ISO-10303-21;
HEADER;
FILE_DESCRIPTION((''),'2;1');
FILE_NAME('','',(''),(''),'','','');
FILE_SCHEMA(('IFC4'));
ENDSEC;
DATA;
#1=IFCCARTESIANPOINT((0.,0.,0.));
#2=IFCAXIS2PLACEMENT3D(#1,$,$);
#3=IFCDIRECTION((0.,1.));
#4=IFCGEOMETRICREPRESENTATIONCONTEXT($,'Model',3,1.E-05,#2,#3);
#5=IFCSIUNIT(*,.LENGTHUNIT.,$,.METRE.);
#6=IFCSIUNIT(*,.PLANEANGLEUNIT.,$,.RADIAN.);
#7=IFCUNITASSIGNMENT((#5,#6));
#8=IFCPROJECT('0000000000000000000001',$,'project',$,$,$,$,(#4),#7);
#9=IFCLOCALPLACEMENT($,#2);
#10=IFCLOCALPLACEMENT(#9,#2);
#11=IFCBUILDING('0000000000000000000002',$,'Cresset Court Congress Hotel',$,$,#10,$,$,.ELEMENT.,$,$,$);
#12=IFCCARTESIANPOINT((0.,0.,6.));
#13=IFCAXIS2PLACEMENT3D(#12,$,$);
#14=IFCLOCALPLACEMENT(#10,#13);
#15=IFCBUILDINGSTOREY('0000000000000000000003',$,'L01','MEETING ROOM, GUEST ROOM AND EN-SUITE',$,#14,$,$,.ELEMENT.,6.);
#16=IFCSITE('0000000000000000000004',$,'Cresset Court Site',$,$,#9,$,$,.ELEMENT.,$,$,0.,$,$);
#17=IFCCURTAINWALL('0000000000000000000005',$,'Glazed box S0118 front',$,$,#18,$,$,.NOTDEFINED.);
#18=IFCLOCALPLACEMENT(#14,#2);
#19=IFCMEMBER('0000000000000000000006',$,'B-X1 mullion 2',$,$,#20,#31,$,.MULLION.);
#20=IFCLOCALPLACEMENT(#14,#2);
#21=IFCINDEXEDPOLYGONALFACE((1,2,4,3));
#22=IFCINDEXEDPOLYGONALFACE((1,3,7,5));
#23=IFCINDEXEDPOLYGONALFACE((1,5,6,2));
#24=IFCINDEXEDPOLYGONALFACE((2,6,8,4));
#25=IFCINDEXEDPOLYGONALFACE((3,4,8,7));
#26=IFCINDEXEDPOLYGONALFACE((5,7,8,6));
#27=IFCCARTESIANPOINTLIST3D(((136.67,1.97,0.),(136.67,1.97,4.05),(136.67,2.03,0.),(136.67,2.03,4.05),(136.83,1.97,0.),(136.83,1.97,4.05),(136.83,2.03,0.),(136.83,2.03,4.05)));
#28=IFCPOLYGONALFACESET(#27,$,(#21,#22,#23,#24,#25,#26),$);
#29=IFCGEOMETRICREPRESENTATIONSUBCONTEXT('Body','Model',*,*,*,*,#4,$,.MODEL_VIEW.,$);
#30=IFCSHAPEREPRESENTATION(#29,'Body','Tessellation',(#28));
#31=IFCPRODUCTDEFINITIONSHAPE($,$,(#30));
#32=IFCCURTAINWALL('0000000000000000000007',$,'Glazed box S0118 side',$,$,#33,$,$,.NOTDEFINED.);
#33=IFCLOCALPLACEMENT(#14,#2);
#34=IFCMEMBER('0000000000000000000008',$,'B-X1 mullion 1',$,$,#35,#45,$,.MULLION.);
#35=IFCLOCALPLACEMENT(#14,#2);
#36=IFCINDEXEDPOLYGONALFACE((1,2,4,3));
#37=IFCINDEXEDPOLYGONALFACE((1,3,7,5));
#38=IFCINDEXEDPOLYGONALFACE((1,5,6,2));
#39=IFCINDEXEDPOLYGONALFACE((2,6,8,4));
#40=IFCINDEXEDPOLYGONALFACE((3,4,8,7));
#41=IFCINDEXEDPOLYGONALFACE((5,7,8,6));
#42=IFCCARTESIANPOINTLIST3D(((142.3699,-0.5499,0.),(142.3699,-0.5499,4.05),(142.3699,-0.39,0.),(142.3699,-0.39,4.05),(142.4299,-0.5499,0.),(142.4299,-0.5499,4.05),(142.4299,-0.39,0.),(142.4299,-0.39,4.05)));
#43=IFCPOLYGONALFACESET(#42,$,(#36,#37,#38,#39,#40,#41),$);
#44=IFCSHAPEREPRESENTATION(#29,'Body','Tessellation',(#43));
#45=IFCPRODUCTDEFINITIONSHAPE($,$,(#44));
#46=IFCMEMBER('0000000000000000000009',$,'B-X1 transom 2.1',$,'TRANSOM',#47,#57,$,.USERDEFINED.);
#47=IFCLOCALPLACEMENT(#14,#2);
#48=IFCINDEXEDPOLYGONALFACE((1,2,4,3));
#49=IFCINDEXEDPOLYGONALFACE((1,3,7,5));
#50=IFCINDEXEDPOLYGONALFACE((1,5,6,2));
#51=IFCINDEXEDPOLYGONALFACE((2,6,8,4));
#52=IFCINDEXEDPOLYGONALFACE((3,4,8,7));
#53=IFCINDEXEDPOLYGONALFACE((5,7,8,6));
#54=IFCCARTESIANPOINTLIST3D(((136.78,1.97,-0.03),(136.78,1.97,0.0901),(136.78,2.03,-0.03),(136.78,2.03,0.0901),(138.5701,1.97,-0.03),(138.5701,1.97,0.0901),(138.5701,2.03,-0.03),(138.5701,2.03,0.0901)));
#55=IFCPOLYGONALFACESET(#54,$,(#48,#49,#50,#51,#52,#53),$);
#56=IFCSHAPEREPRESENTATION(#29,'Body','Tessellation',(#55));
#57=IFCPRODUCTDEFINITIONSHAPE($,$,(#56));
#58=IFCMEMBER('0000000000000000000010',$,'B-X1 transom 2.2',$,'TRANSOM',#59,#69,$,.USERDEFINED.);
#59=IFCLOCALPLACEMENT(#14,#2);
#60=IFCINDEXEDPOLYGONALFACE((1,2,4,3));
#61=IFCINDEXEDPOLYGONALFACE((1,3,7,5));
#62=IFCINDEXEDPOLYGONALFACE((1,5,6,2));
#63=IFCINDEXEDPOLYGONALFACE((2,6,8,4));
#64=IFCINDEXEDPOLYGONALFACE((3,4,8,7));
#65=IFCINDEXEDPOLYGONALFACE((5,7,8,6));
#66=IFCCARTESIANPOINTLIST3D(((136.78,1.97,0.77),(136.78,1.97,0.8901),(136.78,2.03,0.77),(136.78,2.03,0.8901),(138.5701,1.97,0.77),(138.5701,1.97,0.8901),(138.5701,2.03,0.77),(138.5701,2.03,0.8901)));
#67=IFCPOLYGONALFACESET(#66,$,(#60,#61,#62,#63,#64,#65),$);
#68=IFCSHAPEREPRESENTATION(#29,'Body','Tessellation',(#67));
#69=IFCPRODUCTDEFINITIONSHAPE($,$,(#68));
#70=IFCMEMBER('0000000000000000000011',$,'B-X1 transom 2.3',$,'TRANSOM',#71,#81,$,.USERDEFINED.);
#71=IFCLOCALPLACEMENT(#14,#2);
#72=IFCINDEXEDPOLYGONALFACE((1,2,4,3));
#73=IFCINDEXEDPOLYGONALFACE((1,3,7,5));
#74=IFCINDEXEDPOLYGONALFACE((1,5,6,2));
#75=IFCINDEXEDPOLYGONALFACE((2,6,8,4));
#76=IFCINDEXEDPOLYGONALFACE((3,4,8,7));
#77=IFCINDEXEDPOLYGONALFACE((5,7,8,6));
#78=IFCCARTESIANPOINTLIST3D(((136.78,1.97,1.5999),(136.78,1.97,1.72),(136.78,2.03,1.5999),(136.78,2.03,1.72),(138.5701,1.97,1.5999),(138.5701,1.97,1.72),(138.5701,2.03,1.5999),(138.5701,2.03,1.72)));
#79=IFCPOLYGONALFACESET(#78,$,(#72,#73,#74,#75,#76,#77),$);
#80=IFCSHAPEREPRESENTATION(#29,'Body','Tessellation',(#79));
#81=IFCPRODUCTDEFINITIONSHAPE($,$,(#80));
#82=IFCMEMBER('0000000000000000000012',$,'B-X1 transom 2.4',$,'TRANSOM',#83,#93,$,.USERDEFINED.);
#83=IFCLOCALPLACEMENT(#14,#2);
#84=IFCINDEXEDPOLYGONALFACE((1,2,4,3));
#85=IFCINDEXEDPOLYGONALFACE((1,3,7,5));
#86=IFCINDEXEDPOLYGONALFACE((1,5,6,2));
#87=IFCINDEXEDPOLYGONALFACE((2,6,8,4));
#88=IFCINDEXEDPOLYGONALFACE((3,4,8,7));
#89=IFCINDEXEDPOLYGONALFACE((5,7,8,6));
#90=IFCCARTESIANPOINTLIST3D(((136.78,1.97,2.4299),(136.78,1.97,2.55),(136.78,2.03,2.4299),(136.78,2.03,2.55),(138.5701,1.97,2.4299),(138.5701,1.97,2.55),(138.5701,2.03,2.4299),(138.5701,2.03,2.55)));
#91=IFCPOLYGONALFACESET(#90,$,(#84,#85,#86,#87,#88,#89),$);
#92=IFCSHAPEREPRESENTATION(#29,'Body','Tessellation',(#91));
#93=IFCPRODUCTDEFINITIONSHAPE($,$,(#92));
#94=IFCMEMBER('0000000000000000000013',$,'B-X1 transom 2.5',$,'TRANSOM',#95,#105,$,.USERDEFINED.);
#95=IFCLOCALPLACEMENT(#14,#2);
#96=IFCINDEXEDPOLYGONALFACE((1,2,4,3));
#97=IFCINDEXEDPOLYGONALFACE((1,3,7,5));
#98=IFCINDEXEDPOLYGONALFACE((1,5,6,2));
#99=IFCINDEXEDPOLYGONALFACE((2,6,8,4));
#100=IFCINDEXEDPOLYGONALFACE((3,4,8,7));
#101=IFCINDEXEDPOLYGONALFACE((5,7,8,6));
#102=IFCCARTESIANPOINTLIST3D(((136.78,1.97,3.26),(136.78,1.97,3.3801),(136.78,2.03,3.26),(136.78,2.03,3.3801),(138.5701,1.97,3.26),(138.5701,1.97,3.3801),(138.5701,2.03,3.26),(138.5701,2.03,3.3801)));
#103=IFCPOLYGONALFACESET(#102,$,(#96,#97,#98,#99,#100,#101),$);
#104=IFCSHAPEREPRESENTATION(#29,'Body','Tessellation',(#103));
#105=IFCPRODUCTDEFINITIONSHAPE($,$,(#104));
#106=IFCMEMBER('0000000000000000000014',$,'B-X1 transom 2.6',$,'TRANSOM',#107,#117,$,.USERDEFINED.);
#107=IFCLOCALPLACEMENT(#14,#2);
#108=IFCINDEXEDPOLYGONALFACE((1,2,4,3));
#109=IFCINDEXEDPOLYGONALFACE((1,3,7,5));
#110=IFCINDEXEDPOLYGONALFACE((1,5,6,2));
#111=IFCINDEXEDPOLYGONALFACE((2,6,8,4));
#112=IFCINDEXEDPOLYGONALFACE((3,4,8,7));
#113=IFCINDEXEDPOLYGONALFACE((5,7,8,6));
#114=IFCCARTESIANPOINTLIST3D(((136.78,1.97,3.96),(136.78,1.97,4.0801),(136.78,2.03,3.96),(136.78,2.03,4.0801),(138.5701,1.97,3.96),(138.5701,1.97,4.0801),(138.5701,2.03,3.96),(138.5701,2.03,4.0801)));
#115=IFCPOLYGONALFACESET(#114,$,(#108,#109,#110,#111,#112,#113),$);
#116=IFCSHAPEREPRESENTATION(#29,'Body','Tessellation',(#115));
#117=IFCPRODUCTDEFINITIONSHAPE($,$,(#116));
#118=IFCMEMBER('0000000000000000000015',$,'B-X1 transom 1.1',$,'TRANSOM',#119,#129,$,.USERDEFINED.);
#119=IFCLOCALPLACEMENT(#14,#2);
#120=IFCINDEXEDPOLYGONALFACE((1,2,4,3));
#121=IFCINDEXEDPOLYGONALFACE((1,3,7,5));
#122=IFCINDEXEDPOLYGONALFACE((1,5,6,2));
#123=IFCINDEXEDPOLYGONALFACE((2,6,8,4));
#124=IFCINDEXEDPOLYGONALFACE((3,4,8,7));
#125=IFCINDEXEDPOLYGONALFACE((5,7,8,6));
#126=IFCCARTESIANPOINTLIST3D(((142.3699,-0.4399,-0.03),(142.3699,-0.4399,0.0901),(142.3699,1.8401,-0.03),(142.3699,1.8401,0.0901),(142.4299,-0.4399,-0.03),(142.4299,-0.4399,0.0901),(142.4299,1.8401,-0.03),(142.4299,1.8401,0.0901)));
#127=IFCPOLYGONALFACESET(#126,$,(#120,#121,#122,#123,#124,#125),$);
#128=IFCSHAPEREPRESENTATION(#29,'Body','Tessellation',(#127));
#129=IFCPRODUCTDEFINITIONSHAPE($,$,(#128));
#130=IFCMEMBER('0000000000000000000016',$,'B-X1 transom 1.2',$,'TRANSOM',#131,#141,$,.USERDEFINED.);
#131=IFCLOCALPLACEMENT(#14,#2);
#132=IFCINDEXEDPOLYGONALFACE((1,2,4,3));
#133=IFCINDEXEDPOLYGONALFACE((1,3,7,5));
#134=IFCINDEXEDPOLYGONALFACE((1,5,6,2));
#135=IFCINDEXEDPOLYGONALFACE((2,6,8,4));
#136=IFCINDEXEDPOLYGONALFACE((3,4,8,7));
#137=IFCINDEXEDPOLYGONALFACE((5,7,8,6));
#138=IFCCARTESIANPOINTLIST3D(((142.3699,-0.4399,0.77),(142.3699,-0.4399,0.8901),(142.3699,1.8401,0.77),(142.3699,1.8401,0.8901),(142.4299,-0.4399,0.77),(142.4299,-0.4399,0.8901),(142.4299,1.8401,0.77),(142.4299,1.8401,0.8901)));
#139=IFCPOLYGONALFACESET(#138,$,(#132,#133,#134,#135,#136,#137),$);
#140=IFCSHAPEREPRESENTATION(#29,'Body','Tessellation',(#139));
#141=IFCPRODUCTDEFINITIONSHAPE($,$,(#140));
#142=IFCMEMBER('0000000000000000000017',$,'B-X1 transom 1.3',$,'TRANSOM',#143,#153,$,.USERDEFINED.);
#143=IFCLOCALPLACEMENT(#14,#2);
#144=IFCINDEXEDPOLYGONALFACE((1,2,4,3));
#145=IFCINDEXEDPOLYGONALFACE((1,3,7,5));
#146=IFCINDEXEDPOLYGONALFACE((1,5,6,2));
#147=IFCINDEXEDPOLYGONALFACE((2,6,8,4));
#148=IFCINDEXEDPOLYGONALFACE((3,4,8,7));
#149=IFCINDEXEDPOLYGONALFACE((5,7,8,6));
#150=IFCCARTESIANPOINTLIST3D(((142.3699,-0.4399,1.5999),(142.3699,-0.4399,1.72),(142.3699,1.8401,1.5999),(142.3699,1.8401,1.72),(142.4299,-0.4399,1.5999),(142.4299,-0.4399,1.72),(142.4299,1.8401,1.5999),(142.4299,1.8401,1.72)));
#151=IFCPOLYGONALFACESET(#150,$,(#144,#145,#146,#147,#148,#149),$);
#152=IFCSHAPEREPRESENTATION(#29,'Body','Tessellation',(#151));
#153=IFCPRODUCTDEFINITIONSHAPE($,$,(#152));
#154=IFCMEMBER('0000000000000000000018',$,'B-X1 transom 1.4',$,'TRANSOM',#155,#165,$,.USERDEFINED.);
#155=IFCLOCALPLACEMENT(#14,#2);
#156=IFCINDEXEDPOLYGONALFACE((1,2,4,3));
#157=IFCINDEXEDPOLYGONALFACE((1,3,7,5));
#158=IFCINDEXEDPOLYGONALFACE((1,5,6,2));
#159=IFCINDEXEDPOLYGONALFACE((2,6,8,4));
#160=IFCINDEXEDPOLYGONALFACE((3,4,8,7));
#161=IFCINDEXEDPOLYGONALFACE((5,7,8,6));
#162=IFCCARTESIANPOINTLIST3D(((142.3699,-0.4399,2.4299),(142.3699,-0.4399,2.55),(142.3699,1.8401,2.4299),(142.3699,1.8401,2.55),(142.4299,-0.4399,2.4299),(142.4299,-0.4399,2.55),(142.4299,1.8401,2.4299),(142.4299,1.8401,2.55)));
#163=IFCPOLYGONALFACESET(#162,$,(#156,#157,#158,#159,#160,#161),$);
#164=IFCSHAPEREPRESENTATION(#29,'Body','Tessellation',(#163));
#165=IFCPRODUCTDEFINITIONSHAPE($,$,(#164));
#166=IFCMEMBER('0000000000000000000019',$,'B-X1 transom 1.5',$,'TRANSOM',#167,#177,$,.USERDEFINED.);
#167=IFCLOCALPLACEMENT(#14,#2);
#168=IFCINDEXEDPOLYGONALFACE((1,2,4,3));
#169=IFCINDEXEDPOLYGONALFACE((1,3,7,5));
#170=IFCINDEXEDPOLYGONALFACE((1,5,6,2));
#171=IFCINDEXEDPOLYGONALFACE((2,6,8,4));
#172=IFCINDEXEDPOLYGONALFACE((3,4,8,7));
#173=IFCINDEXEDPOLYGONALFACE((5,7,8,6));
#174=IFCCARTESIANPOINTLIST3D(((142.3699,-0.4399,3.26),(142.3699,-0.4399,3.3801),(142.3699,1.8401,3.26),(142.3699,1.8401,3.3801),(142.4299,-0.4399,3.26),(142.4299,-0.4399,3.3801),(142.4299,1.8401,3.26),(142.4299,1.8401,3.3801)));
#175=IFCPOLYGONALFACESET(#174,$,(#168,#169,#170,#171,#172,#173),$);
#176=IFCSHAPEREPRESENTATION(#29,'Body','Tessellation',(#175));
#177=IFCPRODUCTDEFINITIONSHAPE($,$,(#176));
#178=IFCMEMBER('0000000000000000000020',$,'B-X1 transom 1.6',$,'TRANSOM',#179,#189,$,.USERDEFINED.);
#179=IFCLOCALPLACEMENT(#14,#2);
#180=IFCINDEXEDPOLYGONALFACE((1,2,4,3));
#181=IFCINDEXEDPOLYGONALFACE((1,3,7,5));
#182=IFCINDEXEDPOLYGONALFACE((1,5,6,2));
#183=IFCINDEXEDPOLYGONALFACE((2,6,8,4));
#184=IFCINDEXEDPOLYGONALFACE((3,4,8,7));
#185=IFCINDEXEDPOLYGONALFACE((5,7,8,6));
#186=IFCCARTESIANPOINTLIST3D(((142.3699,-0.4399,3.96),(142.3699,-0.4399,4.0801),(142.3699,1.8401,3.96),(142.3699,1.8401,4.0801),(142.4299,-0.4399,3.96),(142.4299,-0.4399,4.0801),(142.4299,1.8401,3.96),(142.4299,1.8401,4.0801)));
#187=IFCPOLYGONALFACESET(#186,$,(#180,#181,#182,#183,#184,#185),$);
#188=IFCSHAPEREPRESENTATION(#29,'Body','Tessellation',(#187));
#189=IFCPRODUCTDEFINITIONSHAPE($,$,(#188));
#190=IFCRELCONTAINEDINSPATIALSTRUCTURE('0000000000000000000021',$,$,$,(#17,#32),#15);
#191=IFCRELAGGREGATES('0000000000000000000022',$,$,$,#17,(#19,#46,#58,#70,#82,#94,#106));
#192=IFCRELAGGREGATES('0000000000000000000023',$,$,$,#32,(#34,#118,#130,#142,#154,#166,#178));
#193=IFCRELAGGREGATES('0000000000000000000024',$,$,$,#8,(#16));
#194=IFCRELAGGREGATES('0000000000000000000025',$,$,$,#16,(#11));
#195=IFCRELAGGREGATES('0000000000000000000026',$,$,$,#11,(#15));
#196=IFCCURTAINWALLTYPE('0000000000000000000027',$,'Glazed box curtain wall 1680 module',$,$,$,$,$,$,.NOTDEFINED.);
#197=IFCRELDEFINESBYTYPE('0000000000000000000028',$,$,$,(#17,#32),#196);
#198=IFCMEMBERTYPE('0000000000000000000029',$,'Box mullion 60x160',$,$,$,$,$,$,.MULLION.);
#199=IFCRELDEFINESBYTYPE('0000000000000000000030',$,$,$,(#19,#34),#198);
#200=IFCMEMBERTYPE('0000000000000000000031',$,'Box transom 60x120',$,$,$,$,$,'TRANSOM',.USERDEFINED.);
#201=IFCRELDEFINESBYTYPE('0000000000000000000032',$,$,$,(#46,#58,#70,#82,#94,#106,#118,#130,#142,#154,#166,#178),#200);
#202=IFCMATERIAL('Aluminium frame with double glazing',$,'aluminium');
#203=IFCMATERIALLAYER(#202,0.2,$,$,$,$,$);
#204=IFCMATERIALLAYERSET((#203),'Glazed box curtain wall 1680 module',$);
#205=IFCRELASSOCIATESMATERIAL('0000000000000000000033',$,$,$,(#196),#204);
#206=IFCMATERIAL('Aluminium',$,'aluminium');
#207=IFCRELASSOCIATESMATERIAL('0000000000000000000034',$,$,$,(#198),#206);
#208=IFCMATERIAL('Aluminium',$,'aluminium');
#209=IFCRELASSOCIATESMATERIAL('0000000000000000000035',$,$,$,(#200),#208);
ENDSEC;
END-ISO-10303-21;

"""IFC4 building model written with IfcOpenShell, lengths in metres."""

from ifc_helpers import new_model, si_unit, direction, frame, origin, origin_2d, place, context, subcontext, project, spatial, rectangle, extrude, material, layer, layer_set, material_profile, profile_set, type_object, element, aggregate, save


model = new_model("IFC4")

# Units and contexts
model_context = context("Model", 3, precision=1e-05, world=origin(), true_north=direction((0.0, 1.0)))
body_context = subcontext(model_context, "Body", "Model", "MODEL_VIEW")
ifc_project = project(units=[si_unit("LENGTHUNIT", "METRE"), si_unit("PLANEANGLEUNIT", "RADIAN")], contexts=[model_context])

# Site, building, storey
site_placement = place(None, origin())
site = spatial("IfcSite", under=ifc_project, at=site_placement, Name="Cresset Court Site", CompositionType="ELEMENT", RefElevation=0.0)
building_placement = place(site_placement, origin())
building = spatial("IfcBuilding", under=site, at=building_placement, Name="Cresset Court Congress Hotel", CompositionType="ELEMENT")
storey_placement = place(building_placement, frame((0.0, 0.0, 6.0)))
storey = spatial("IfcBuildingStorey", under=building, at=storey_placement, Name="L01", Description="MEETING ROOM, GUEST ROOM AND EN-SUITE", CompositionType="ELEMENT", Elevation=6.0)

# Curtain walls, members
ifc_material_1 = material(Name="Aluminium frame with double glazing", Category="aluminium")
ifc_layer_1 = layer(ifc_material_1, 0.2)
ifc_layer_set_1 = layer_set([ifc_layer_1], Name="Glazed box curtain wall 1680 module")
curtain_wall_type = type_object("IfcCurtainWallType", Name="Glazed box curtain wall 1680 module", PredefinedType="NOTDEFINED", material=ifc_layer_set_1)
curtain_wall_1_placement = place(storey_placement, origin())
curtain_wall_1 = element("IfcCurtainWall", 1, at=curtain_wall_1_placement, inside=storey, type_object=curtain_wall_type, Name="Glazed box S0118 front", PredefinedType="NOTDEFINED")
ifc_material_2 = material(Name="Aluminium", Category="aluminium")
ifc_material_profile_1 = material_profile(ifc_material_2, rectangle(XDim=0.0601, YDim=0.1599, at=origin_2d()), Name="Box mullion 60x160")
ifc_profile_set_1 = profile_set([ifc_material_profile_1], Name="Aluminium")
member_type_1 = type_object("IfcMemberType", Name="Box mullion 60x160", PredefinedType="MULLION", material=ifc_profile_set_1)
member_1_placement = place(storey_placement, frame((136.75, 2.0, 0.0), z_axis=(0.0, 0.0, 1.0), x_axis=(0.0, 1.0, 0.0)))
member_1 = element("IfcMember", 2, at=member_1_placement, type_object=member_type_1, Name="B-X1 mullion 2", PredefinedType="MULLION", context=body_context, shape_type="SweptSolid", body=[
    extrude(rectangle(XDim=0.0601, YDim=0.1599, at=origin_2d()), origin(), (0.0, 0.0, 1.0), 4.05),
])
curtain_wall_2_placement = place(storey_placement, origin())
curtain_wall_2 = element("IfcCurtainWall", 3, at=curtain_wall_2_placement, inside=storey, type_object=curtain_wall_type, Name="Glazed box S0118 side", PredefinedType="NOTDEFINED")
member_2_placement = place(storey_placement, frame((142.3999, -0.47, 0.0), z_axis=(0.0, 0.0, 1.0), x_axis=(-1.0, 0.0, 0.0)))
member_2 = element("IfcMember", 4, at=member_2_placement, type_object=member_type_1, Name="B-X1 mullion 1", PredefinedType="MULLION", context=body_context, shape_type="SweptSolid", body=[
    extrude(rectangle(XDim=0.0601, YDim=0.1599, at=origin_2d()), origin(), (0.0, 0.0, 1.0), 4.05),
])

# Members
ifc_material_3 = material(Name="Aluminium", Category="aluminium")
ifc_material_profile_2 = material_profile(ifc_material_3, rectangle(XDim=0.0601, YDim=0.1201, at=origin_2d()), Name="Box transom 60x120")
ifc_profile_set_2 = profile_set([ifc_material_profile_2], Name="Aluminium")
member_type_2 = type_object("IfcMemberType", Name="Box transom 60x120", ElementType="TRANSOM", PredefinedType="USERDEFINED", material=ifc_profile_set_2)
member_3_placement = place(storey_placement, frame((136.78, 2.0, 0.03), z_axis=(1.0, 0.0, 0.0), x_axis=(0.0, 1.0, 0.0)))
member_3 = element("IfcMember", 5, at=member_3_placement, type_object=member_type_2, Name="B-X1 transom 2.1", ObjectType="TRANSOM", PredefinedType="USERDEFINED", context=body_context, shape_type="SweptSolid", body=[
    extrude(rectangle(XDim=0.0601, YDim=0.1201, at=origin_2d()), origin(), (0.0, 0.0, 1.0), 1.79),
])
member_4_placement = place(storey_placement, frame((136.78, 2.0, 0.8301), z_axis=(1.0, 0.0, 0.0), x_axis=(0.0, 1.0, 0.0)))
member_4 = element("IfcMember", 6, at=member_4_placement, type_object=member_type_2, Name="B-X1 transom 2.2", ObjectType="TRANSOM", PredefinedType="USERDEFINED", context=body_context, shape_type="SweptSolid", body=[
    extrude(rectangle(XDim=0.0601, YDim=0.1201, at=origin_2d()), origin(), (0.0, 0.0, 1.0), 1.79),
])
member_5_placement = place(storey_placement, frame((136.78, 2.0, 1.6599), z_axis=(1.0, 0.0, 0.0), x_axis=(0.0, 1.0, 0.0)))
member_5 = element("IfcMember", 7, at=member_5_placement, type_object=member_type_2, Name="B-X1 transom 2.3", ObjectType="TRANSOM", PredefinedType="USERDEFINED", context=body_context, shape_type="SweptSolid", body=[
    extrude(rectangle(XDim=0.0601, YDim=0.1201, at=origin_2d()), origin(), (0.0, 0.0, 1.0), 1.79),
])
member_6_placement = place(storey_placement, frame((136.78, 2.0, 2.49), z_axis=(1.0, 0.0, 0.0), x_axis=(0.0, 1.0, 0.0)))
member_6 = element("IfcMember", 8, at=member_6_placement, type_object=member_type_2, Name="B-X1 transom 2.4", ObjectType="TRANSOM", PredefinedType="USERDEFINED", context=body_context, shape_type="SweptSolid", body=[
    extrude(rectangle(XDim=0.0601, YDim=0.1201, at=origin_2d()), origin(), (0.0, 0.0, 1.0), 1.79),
])
member_7_placement = place(storey_placement, frame((136.78, 2.0, 3.3201), z_axis=(1.0, 0.0, 0.0), x_axis=(0.0, 1.0, 0.0)))
member_7 = element("IfcMember", 9, at=member_7_placement, type_object=member_type_2, Name="B-X1 transom 2.5", ObjectType="TRANSOM", PredefinedType="USERDEFINED", context=body_context, shape_type="SweptSolid", body=[
    extrude(rectangle(XDim=0.0601, YDim=0.1201, at=origin_2d()), origin(), (0.0, 0.0, 1.0), 1.79),
])
member_8_placement = place(storey_placement, frame((136.78, 2.0, 4.02), z_axis=(1.0, 0.0, 0.0), x_axis=(0.0, 1.0, 0.0)))
member_8 = element("IfcMember", 10, at=member_8_placement, type_object=member_type_2, Name="B-X1 transom 2.6", ObjectType="TRANSOM", PredefinedType="USERDEFINED", context=body_context, shape_type="SweptSolid", body=[
    extrude(rectangle(XDim=0.0601, YDim=0.1201, at=origin_2d()), origin(), (0.0, 0.0, 1.0), 1.79),
])
member_9_placement = place(storey_placement, frame((142.3999, -0.4399, 0.03), z_axis=(0.0, 1.0, 0.0), x_axis=(-1.0, 0.0, 0.0)))
member_9 = element("IfcMember", 11, at=member_9_placement, type_object=member_type_2, Name="B-X1 transom 1.1", ObjectType="TRANSOM", PredefinedType="USERDEFINED", context=body_context, shape_type="SweptSolid", body=[
    extrude(rectangle(XDim=0.0601, YDim=0.1201, at=origin_2d()), origin(), (0.0, 0.0, 1.0), 2.28),
])
member_10_placement = place(storey_placement, frame((142.3999, -0.4399, 0.8301), z_axis=(0.0, 1.0, 0.0), x_axis=(-1.0, 0.0, 0.0)))
member_10 = element("IfcMember", 12, at=member_10_placement, type_object=member_type_2, Name="B-X1 transom 1.2", ObjectType="TRANSOM", PredefinedType="USERDEFINED", context=body_context, shape_type="SweptSolid", body=[
    extrude(rectangle(XDim=0.0601, YDim=0.1201, at=origin_2d()), origin(), (0.0, 0.0, 1.0), 2.28),
])
member_11_placement = place(storey_placement, frame((142.3999, -0.4399, 1.6599), z_axis=(0.0, 1.0, 0.0), x_axis=(-1.0, 0.0, 0.0)))
member_11 = element("IfcMember", 13, at=member_11_placement, type_object=member_type_2, Name="B-X1 transom 1.3", ObjectType="TRANSOM", PredefinedType="USERDEFINED", context=body_context, shape_type="SweptSolid", body=[
    extrude(rectangle(XDim=0.0601, YDim=0.1201, at=origin_2d()), origin(), (0.0, 0.0, 1.0), 2.28),
])
member_12_placement = place(storey_placement, frame((142.3999, -0.4399, 2.49), z_axis=(0.0, 1.0, 0.0), x_axis=(-1.0, 0.0, 0.0)))
member_12 = element("IfcMember", 14, at=member_12_placement, type_object=member_type_2, Name="B-X1 transom 1.4", ObjectType="TRANSOM", PredefinedType="USERDEFINED", context=body_context, shape_type="SweptSolid", body=[
    extrude(rectangle(XDim=0.0601, YDim=0.1201, at=origin_2d()), origin(), (0.0, 0.0, 1.0), 2.28),
])
member_13_placement = place(storey_placement, frame((142.3999, -0.4399, 3.3201), z_axis=(0.0, 1.0, 0.0), x_axis=(-1.0, 0.0, 0.0)))
member_13 = element("IfcMember", 15, at=member_13_placement, type_object=member_type_2, Name="B-X1 transom 1.5", ObjectType="TRANSOM", PredefinedType="USERDEFINED", context=body_context, shape_type="SweptSolid", body=[
    extrude(rectangle(XDim=0.0601, YDim=0.1201, at=origin_2d()), origin(), (0.0, 0.0, 1.0), 2.28),
])
member_14_placement = place(storey_placement, frame((142.3999, -0.4399, 4.02), z_axis=(0.0, 1.0, 0.0), x_axis=(-1.0, 0.0, 0.0)))
member_14 = element("IfcMember", 16, at=member_14_placement, type_object=member_type_2, Name="B-X1 transom 1.6", ObjectType="TRANSOM", PredefinedType="USERDEFINED", context=body_context, shape_type="SweptSolid", body=[
    extrude(rectangle(XDim=0.0601, YDim=0.1201, at=origin_2d()), origin(), (0.0, 0.0, 1.0), 2.28),
])

aggregate(curtain_wall_1, [member_1, member_3, member_4, member_5, member_6, member_7, member_8])
aggregate(curtain_wall_2, [member_2, member_9, member_10, member_11, member_12, member_13, member_14])

save(model, "model.ifc")
